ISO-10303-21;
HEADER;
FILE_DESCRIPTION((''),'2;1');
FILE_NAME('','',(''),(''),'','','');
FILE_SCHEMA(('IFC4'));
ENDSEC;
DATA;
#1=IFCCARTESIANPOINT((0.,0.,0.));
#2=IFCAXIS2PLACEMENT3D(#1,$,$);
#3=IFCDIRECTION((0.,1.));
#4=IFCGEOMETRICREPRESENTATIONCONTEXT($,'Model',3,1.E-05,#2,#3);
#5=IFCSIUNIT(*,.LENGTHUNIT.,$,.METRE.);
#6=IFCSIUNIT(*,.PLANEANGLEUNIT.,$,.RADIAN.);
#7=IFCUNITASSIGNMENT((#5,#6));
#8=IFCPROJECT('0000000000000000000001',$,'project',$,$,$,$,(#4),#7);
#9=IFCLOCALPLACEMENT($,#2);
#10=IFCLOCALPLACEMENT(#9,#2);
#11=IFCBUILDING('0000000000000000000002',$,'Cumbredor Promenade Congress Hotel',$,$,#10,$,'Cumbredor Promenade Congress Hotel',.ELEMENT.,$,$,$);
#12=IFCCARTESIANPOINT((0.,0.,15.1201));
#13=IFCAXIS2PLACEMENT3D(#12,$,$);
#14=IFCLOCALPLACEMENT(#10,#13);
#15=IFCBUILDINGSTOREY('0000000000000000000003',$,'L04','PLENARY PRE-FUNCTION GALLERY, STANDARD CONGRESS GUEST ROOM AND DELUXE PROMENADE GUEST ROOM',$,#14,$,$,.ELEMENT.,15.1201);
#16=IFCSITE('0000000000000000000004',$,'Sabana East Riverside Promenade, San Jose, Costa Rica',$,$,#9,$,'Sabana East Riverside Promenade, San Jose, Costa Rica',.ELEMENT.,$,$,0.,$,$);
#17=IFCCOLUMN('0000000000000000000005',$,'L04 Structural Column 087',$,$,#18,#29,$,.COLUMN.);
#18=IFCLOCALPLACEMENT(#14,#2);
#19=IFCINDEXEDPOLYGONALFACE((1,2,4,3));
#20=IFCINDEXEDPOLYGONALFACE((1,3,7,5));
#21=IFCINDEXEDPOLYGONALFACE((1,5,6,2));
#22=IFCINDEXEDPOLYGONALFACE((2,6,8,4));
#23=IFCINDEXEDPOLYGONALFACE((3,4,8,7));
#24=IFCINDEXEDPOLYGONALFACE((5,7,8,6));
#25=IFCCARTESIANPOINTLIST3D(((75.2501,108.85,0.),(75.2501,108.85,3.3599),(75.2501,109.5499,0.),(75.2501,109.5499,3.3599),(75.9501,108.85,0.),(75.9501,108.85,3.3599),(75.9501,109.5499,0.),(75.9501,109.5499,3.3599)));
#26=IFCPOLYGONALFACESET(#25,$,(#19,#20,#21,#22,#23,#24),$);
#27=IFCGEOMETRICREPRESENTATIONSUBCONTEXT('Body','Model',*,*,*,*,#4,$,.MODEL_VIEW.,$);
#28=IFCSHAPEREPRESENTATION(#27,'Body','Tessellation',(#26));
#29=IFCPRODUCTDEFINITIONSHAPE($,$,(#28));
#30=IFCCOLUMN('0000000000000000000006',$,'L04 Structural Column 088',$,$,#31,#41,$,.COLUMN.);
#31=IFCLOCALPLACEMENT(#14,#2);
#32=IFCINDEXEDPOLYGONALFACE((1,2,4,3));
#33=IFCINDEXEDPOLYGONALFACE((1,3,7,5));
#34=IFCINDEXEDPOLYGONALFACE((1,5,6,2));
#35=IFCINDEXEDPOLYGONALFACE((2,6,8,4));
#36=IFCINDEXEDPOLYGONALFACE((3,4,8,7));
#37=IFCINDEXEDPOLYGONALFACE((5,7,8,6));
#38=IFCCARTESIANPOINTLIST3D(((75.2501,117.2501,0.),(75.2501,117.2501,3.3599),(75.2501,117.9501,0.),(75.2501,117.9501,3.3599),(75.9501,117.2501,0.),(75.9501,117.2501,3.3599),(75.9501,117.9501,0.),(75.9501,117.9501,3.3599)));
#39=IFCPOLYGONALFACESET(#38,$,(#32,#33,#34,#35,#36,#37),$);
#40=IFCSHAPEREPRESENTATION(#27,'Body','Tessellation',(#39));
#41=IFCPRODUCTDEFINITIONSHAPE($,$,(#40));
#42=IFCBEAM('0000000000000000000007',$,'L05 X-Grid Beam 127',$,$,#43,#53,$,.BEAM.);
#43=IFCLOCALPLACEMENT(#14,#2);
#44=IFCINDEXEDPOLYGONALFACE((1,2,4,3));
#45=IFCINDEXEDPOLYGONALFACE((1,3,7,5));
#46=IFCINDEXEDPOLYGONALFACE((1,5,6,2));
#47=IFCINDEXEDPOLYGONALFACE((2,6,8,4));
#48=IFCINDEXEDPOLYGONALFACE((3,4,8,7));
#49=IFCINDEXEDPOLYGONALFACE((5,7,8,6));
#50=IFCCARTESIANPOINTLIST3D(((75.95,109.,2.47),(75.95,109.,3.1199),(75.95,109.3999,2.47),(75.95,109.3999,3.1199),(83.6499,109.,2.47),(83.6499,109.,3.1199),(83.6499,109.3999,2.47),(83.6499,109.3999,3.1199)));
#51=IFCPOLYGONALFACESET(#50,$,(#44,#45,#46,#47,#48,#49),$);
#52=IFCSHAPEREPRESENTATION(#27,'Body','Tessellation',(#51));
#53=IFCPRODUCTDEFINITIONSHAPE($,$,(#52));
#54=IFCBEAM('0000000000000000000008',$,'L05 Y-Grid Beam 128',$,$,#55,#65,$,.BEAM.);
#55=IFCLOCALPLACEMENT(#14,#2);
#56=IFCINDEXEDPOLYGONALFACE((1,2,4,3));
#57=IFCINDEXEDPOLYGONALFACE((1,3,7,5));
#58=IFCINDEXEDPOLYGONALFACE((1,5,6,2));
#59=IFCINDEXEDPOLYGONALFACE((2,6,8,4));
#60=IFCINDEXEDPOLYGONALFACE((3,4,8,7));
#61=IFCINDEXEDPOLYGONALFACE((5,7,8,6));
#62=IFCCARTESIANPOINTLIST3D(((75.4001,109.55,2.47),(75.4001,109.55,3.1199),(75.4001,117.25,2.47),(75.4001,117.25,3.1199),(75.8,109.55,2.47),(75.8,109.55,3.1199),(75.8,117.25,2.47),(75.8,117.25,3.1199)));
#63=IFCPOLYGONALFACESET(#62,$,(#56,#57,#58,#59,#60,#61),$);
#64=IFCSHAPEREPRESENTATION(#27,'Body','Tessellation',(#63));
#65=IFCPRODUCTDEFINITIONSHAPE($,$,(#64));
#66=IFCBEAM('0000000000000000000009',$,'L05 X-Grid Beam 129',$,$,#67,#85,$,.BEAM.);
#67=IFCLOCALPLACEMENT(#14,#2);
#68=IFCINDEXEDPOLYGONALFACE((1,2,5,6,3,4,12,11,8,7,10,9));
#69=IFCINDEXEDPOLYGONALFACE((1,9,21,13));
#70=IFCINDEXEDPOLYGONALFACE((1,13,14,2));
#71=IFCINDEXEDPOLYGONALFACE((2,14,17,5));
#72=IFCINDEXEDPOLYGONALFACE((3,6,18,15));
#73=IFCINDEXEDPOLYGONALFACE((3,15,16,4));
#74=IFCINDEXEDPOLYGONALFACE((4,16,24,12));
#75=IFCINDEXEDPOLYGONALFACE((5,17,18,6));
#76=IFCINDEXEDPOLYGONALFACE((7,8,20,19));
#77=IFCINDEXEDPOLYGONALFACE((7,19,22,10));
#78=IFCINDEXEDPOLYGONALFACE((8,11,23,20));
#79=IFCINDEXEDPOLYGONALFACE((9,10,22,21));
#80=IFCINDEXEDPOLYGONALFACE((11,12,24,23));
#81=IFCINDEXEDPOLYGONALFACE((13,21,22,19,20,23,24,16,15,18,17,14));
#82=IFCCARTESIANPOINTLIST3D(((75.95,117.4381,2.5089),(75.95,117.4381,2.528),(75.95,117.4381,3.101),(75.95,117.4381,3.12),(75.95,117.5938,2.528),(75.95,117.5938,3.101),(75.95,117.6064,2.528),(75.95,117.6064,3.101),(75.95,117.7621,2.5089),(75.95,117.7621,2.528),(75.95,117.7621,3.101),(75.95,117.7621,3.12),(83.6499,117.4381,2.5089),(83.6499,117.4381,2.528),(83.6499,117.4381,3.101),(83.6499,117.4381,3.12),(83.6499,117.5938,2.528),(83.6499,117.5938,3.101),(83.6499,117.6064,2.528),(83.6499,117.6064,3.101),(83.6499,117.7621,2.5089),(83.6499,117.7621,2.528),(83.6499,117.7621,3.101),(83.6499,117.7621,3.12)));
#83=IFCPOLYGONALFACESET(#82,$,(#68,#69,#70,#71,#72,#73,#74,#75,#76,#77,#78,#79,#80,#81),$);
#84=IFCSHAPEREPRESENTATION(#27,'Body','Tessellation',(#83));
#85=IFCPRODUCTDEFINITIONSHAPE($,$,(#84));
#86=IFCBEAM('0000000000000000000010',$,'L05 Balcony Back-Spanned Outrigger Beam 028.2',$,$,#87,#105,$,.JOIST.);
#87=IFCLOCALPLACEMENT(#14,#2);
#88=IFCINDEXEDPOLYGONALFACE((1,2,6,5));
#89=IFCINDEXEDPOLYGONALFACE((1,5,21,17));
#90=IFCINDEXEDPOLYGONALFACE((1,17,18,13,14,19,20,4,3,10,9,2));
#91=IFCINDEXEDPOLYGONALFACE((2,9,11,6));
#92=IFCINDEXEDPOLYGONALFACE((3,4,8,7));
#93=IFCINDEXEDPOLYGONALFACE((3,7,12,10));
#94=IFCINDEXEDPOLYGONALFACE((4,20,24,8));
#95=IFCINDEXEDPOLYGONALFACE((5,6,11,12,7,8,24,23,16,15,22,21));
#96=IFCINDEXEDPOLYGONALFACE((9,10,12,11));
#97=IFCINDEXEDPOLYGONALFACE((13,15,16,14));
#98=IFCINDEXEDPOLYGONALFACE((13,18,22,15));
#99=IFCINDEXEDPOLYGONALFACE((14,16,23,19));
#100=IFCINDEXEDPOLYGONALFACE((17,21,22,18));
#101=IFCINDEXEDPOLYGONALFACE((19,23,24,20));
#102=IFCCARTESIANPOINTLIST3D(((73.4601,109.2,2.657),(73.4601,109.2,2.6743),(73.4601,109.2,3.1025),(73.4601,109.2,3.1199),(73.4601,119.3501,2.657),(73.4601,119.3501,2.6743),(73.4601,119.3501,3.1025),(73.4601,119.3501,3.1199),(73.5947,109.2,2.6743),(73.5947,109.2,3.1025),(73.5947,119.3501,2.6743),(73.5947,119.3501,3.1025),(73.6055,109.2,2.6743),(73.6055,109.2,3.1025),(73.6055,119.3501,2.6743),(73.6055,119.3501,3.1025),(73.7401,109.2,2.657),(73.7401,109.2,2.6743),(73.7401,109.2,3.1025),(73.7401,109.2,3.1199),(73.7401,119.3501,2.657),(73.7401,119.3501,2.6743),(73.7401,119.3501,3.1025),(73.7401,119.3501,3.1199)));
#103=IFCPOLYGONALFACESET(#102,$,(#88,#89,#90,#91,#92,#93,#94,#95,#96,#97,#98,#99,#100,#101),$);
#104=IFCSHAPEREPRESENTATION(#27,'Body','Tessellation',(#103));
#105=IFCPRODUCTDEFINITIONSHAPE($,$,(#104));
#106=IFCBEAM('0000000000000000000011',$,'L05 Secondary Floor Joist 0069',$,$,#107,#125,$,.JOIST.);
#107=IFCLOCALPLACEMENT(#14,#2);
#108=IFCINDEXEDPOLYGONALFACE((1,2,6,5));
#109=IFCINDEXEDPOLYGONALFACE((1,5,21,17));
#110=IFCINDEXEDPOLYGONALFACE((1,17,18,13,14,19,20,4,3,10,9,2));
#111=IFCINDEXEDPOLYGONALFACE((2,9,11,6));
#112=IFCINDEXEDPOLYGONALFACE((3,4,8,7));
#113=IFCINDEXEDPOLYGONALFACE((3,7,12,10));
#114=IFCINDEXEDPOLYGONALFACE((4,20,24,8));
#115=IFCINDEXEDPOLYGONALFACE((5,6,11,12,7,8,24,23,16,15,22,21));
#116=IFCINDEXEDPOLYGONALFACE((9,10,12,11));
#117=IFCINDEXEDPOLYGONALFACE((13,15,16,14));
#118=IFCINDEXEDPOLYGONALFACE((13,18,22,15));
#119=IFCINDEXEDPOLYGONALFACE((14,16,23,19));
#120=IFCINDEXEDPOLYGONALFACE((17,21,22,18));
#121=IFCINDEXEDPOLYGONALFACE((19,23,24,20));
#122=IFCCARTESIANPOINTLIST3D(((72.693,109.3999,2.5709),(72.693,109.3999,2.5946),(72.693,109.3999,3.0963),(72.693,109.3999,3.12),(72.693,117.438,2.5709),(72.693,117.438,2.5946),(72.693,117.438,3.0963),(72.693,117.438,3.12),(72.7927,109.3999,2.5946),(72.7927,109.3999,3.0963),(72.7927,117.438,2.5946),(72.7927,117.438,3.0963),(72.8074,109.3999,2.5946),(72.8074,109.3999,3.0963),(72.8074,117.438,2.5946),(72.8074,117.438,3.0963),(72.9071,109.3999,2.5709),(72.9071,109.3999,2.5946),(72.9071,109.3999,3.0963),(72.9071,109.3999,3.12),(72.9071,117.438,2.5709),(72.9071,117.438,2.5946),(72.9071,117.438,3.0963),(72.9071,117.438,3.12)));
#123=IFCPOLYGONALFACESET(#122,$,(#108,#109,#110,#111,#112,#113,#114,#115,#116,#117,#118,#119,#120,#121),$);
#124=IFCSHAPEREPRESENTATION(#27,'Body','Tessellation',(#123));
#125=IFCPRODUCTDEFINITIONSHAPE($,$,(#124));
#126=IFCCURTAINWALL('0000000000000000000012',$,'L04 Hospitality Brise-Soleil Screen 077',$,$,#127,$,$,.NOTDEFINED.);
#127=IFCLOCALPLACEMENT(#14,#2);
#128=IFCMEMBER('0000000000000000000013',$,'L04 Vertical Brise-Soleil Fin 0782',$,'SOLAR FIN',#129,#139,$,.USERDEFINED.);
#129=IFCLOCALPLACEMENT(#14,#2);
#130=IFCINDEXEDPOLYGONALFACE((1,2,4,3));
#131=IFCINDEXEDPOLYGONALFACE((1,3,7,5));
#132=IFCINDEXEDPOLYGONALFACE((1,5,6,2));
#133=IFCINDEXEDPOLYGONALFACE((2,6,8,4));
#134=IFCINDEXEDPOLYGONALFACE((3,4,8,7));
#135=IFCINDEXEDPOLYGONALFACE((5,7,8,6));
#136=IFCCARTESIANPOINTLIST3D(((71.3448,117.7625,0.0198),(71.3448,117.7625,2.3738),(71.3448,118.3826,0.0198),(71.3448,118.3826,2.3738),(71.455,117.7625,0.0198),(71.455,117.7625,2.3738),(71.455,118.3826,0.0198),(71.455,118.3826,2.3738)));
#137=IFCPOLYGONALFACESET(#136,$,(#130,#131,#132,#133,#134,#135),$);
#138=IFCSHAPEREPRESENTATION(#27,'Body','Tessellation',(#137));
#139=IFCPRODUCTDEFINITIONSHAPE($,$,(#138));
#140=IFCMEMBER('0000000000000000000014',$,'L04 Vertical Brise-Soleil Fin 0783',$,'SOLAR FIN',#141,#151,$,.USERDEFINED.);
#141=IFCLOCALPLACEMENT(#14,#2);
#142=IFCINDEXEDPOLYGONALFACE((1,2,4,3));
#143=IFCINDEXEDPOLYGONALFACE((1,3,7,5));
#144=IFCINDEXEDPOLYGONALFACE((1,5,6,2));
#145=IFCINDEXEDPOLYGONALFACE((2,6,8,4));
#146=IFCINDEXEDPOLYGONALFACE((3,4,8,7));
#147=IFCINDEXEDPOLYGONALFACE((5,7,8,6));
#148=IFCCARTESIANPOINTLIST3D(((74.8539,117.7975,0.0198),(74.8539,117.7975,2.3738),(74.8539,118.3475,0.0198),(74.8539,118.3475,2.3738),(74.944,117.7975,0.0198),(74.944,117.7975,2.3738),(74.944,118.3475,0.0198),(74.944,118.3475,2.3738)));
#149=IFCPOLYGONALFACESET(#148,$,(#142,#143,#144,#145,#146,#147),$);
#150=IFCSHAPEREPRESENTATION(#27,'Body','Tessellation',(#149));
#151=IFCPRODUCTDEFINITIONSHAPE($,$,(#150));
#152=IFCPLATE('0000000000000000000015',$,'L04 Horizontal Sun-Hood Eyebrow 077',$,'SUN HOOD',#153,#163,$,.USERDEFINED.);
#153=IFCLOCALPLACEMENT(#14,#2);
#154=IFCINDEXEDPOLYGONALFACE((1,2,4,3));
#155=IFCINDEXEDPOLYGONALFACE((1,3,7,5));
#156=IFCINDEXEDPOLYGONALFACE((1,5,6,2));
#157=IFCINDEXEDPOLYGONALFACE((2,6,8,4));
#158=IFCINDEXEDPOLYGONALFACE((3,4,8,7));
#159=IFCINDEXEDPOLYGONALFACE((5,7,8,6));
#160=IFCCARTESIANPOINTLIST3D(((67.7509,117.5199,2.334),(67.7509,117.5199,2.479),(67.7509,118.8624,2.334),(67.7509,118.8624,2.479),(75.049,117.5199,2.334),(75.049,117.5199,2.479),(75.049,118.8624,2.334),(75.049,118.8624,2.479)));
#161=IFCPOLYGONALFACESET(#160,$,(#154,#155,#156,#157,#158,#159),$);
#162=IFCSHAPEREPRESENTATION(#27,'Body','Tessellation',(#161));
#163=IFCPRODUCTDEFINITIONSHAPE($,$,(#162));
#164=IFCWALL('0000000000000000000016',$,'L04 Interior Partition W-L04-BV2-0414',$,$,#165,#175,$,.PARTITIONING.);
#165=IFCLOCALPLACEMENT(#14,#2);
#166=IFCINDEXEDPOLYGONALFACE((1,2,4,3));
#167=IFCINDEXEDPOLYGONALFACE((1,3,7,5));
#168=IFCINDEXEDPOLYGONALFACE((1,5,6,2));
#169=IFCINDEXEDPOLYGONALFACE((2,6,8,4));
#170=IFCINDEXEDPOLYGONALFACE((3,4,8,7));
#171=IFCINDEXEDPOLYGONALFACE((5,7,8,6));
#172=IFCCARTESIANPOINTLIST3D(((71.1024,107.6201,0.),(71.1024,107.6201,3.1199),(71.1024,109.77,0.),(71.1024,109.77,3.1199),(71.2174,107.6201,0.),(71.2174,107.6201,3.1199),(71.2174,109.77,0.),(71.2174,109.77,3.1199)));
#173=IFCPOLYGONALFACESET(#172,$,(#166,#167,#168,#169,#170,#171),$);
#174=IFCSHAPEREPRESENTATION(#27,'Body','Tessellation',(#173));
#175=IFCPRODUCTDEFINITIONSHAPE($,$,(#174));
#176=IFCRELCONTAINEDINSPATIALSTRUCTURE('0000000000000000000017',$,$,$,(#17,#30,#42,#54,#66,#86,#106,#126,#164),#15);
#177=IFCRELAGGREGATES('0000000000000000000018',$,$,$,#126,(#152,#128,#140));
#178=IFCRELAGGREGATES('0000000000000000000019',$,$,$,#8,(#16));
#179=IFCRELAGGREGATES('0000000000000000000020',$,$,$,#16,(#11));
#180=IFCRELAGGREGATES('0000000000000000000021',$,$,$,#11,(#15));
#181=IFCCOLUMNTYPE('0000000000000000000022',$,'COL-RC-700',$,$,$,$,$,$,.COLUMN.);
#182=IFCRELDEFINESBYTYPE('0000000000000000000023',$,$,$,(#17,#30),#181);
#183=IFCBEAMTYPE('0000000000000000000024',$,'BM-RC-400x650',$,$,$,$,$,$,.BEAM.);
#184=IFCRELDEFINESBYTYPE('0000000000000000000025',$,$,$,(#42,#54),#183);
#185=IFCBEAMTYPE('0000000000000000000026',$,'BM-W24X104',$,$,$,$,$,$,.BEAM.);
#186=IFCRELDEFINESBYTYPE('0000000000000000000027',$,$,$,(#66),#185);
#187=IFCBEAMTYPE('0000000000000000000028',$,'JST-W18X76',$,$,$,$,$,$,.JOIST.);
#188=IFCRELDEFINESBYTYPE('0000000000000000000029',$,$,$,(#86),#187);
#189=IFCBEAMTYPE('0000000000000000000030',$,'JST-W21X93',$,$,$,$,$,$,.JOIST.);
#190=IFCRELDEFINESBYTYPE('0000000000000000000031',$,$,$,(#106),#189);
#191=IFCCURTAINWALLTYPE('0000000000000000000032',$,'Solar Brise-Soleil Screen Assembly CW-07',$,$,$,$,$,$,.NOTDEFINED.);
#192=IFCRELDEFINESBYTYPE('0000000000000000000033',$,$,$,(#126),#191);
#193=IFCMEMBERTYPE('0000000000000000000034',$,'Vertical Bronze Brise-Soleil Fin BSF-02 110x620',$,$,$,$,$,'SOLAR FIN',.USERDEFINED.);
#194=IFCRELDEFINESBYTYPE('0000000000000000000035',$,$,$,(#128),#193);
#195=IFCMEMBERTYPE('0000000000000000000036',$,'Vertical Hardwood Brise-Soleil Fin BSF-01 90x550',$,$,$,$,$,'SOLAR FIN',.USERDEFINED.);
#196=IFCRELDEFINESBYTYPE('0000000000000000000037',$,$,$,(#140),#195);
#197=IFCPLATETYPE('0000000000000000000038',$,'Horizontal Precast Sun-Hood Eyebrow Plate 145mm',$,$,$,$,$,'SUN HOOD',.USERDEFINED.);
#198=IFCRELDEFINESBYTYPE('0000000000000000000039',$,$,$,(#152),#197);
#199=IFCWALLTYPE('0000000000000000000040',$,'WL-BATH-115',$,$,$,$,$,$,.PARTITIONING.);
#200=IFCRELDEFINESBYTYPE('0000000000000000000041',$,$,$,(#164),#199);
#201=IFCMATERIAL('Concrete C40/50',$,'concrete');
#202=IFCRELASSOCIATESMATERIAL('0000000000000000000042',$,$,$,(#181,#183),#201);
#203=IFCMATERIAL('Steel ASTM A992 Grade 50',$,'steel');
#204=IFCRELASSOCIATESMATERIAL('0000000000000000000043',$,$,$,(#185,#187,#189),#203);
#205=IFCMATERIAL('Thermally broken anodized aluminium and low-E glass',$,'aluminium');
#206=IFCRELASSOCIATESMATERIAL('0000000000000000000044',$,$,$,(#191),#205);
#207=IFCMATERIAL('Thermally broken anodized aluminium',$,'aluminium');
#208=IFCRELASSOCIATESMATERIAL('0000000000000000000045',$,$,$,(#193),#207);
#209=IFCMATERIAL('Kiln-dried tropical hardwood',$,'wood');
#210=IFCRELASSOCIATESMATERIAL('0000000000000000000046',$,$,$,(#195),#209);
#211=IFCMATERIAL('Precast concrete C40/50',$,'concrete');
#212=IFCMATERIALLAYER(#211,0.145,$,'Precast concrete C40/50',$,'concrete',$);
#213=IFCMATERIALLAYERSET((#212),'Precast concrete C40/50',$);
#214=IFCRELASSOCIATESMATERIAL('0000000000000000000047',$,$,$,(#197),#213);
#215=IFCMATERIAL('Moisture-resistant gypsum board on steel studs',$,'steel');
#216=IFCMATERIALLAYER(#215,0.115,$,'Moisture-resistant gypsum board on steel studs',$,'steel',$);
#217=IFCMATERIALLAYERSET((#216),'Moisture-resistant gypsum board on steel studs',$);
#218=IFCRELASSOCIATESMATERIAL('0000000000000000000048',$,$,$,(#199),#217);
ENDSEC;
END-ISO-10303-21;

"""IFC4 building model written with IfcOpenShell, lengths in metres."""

from ifc_helpers import new_model, si_unit, direction, frame, frame_2d, origin, origin_2d, place, context, subcontext, project, spatial, rectangle, i_section, extrude, material, layer, layer_set, material_profile, profile_set, type_object, element, aggregate, save


model = new_model("IFC4")

# Units and contexts
model_context = context("Model", 3, precision=1e-05, world=origin(), true_north=direction((0.0, 1.0)))
body_context = subcontext(model_context, "Body", "Model", "MODEL_VIEW")
ifc_project = project(units=[si_unit("LENGTHUNIT", "METRE"), si_unit("PLANEANGLEUNIT", "RADIAN")], contexts=[model_context])

# Site, building, storey
site_placement = place(None, origin())
site = spatial("IfcSite", under=ifc_project, at=site_placement, Name="Sabana East Riverside Promenade, San Jose, Costa Rica", LongName="Sabana East Riverside Promenade, San Jose, Costa Rica", CompositionType="ELEMENT", RefElevation=0.0)
building_placement = place(site_placement, origin())
building = spatial("IfcBuilding", under=site, at=building_placement, Name="Cumbredor Promenade Congress Hotel", LongName="Cumbredor Promenade Congress Hotel", CompositionType="ELEMENT")
storey_placement = place(building_placement, frame((0.0, 0.0, 15.1201)))
storey = spatial("IfcBuildingStorey", under=building, at=storey_placement, Name="L04", Description="PLENARY PRE-FUNCTION GALLERY, STANDARD CONGRESS GUEST ROOM AND DELUXE PROMENADE GUEST ROOM", CompositionType="ELEMENT", Elevation=15.1201)

# Columns
ifc_material_1 = material(Name="Concrete C40/50", Category="concrete")
ifc_material_profile_1 = material_profile(ifc_material_1, rectangle(XDim=0.7, YDim=0.7, at=origin_2d()), Name="RC 700x700")
ifc_profile_set_1 = profile_set([ifc_material_profile_1], Name="Concrete C40/50")
column_type = type_object("IfcColumnType", Name="COL-RC-700", PredefinedType="COLUMN", material=ifc_profile_set_1)
for number, where, z_axis, x_axis, name in (
    (1, (75.6001, 109.2, 0.0), (0.0, 0.0, 1.0), (1.0, 0.0, 0.0), "L04 Structural Column 087"),
    (2, (75.6001, 117.6001, 0.0), (0.0, 0.0, 1.0), (1.0, 0.0, 0.0), "L04 Structural Column 088"),
):
    element("IfcColumn", number, at=place(storey_placement, frame(where, z_axis=z_axis, x_axis=x_axis)), inside=storey, type_object=column_type, Name=name, PredefinedType="COLUMN", context=body_context, shape_type="SweptSolid", body=[
        extrude(rectangle(XDim=0.7, YDim=0.7, at=origin_2d()), origin(), (0.0, 0.0, 1.0), 3.3599),
    ])

# Beams
ifc_material_profile_2 = material_profile(ifc_material_1, rectangle(XDim=0.3999, YDim=0.6499, at=origin_2d()), Name="RC BEAM 400x650")
ifc_profile_set_2 = profile_set([ifc_material_profile_2], Name="Concrete C40/50")
beam_type_1 = type_object("IfcBeamType", Name="BM-RC-400x650", PredefinedType="BEAM", material=ifc_profile_set_2)
for number, where, z_axis, x_axis, name in (
    (3, (75.95, 109.2, 2.7949), (1.0, 0.0, 0.0), (0.0, 1.0, 0.0), "L05 X-Grid Beam 127"),
    (4, (75.6001, 109.55, 2.7949), (0.0, 1.0, 0.0), (-1.0, 0.0, 0.0), "L05 Y-Grid Beam 128"),
):
    element("IfcBeam", number, at=place(storey_placement, frame(where, z_axis=z_axis, x_axis=x_axis)), inside=storey, type_object=beam_type_1, Name=name, PredefinedType="BEAM", context=body_context, shape_type="SweptSolid", body=[
        extrude(rectangle(XDim=0.3999, YDim=0.6499, at=origin_2d()), origin(), (0.0, 0.0, 1.0), 7.7),
    ])
ifc_material_2 = material(Name="Steel ASTM A992 Grade 50", Category="steel")
ifc_material_profile_3 = material_profile(ifc_material_2, i_section(OverallWidth=0.324, OverallDepth=0.6111, WebThickness=0.0127, FlangeThickness=0.019, at=origin_2d()), Name="W24X104")
ifc_profile_set_3 = profile_set([ifc_material_profile_3], Name="Steel ASTM A992 Grade 50")
beam_type_2 = type_object("IfcBeamType", Name="BM-W24X104", PredefinedType="BEAM", material=ifc_profile_set_3)
beam_1_placement = place(storey_placement, frame((75.95, 117.6001, 2.8145), z_axis=(1.0, 0.0, 0.0), x_axis=(0.0, 1.0, 0.0)))
element("IfcBeam", 5, at=beam_1_placement, inside=storey, type_object=beam_type_2, Name="L05 X-Grid Beam 129", PredefinedType="BEAM", context=body_context, shape_type="SweptSolid", body=[
    extrude(i_section(OverallWidth=0.324, OverallDepth=0.6111, WebThickness=0.0127, FlangeThickness=0.019, at=origin_2d()), origin(), (0.0, 0.0, 1.0), 7.7),
])
ifc_material_profile_4 = material_profile(ifc_material_2, i_section(OverallWidth=0.28, OverallDepth=0.4629, WebThickness=0.0107, FlangeThickness=0.0173, at=origin_2d()), Name="W18X76")
ifc_profile_set_4 = profile_set([ifc_material_profile_4], Name="Steel ASTM A992 Grade 50")
beam_type_3 = type_object("IfcBeamType", Name="JST-W18X76", PredefinedType="JOIST", material=ifc_profile_set_4)
beam_2_placement = place(storey_placement, frame((73.6001, 109.2, 2.8884), z_axis=(0.0, 1.0, 0.0), x_axis=(-1.0, 0.0, 0.0)))
element("IfcBeam", 6, at=beam_2_placement, inside=storey, type_object=beam_type_3, Name="L05 Balcony Back-Spanned Outrigger Beam 028.2", PredefinedType="JOIST", context=body_context, shape_type="SweptSolid", body=[
    extrude(i_section(OverallWidth=0.28, OverallDepth=0.4629, WebThickness=0.0107, FlangeThickness=0.0173, at=origin_2d()), origin(), (0.0, 0.0, 1.0), 10.1501),
])
ifc_material_profile_5 = material_profile(ifc_material_2, i_section(OverallWidth=0.2141, OverallDepth=0.5491, WebThickness=0.0146, FlangeThickness=0.0237, at=origin_2d()), Name="W21X93")
ifc_profile_set_5 = profile_set([ifc_material_profile_5], Name="Steel ASTM A992 Grade 50")
beam_type_4 = type_object("IfcBeamType", Name="JST-W21X93", PredefinedType="JOIST", material=ifc_profile_set_5)
beam_3_placement = place(storey_placement, frame((72.8, 109.3999, 2.8455), z_axis=(0.0, 1.0, 0.0), x_axis=(-1.0, 0.0, 0.0)))
element("IfcBeam", 7, at=beam_3_placement, inside=storey, type_object=beam_type_4, Name="L05 Secondary Floor Joist 0069", PredefinedType="JOIST", context=body_context, shape_type="SweptSolid", body=[
    extrude(i_section(OverallWidth=0.2141, OverallDepth=0.5491, WebThickness=0.0146, FlangeThickness=0.0237, at=origin_2d()), origin(), (0.0, 0.0, 1.0), 8.0381),
])

# Curtain wall, members, plate
ifc_material_3 = material(Name="Thermally broken anodized aluminium and low-E glass", Category="aluminium")
curtain_wall_type = type_object("IfcCurtainWallType", Name="Solar Brise-Soleil Screen Assembly CW-07", PredefinedType="NOTDEFINED", material=ifc_material_3)
curtain_wall_placement = place(storey_placement, origin())
curtain_wall = element("IfcCurtainWall", 8, at=curtain_wall_placement, inside=storey, type_object=curtain_wall_type, Name="L04 Hospitality Brise-Soleil Screen 077", PredefinedType="NOTDEFINED")
ifc_material_4 = material(Name="Thermally broken anodized aluminium", Category="aluminium")
ifc_material_profile_6 = material_profile(ifc_material_4, rectangle(XDim=0.1101, YDim=0.6201, at=origin_2d()), Name="ARCH FIN 110x620")
ifc_profile_set_6 = profile_set([ifc_material_profile_6], Name="Thermally broken anodized aluminium")
member_type_1 = type_object("IfcMemberType", Name="Vertical Bronze Brise-Soleil Fin BSF-02 110x620", ElementType="SOLAR FIN", PredefinedType="USERDEFINED", material=ifc_profile_set_6)
member_1_placement = place(storey_placement, frame((71.3999, 118.0725, 0.0198), z_axis=(0.0, 0.0, 1.0), x_axis=(1.0, 0.0, 0.0)))
member_1 = element("IfcMember", 9, at=member_1_placement, type_object=member_type_1, Name="L04 Vertical Brise-Soleil Fin 0782", ObjectType="SOLAR FIN", PredefinedType="USERDEFINED", context=body_context, shape_type="SweptSolid", body=[
    extrude(rectangle(XDim=0.1101, YDim=0.6201, at=origin_2d()), origin(), (0.0, 0.0, 1.0), 2.354),
])
ifc_material_5 = material(Name="Kiln-dried tropical hardwood", Category="wood")
ifc_material_profile_7 = material_profile(ifc_material_5, rectangle(XDim=0.0901, YDim=0.55, at=origin_2d()), Name="ARCH FIN 90x550")
ifc_profile_set_7 = profile_set([ifc_material_profile_7], Name="Kiln-dried tropical hardwood")
member_type_2 = type_object("IfcMemberType", Name="Vertical Hardwood Brise-Soleil Fin BSF-01 90x550", ElementType="SOLAR FIN", PredefinedType="USERDEFINED", material=ifc_profile_set_7)
member_2_placement = place(storey_placement, frame((74.8989, 118.0725, 0.0198), z_axis=(0.0, 0.0, 1.0), x_axis=(1.0, 0.0, 0.0)))
member_2 = element("IfcMember", 10, at=member_2_placement, type_object=member_type_2, Name="L04 Vertical Brise-Soleil Fin 0783", ObjectType="SOLAR FIN", PredefinedType="USERDEFINED", context=body_context, shape_type="SweptSolid", body=[
    extrude(rectangle(XDim=0.0901, YDim=0.55, at=origin_2d()), origin(), (0.0, 0.0, 1.0), 2.354),
])
ifc_material_6 = material(Name="Precast concrete C40/50", Category="concrete")
ifc_layer_1 = layer(ifc_material_6, 0.145, Name="Precast concrete C40/50", Category="concrete")
ifc_layer_set_1 = layer_set([ifc_layer_1], Name="Precast concrete C40/50")
plate_type = type_object("IfcPlateType", Name="Horizontal Precast Sun-Hood Eyebrow Plate 145mm", ElementType="SUN HOOD", PredefinedType="USERDEFINED", material=ifc_layer_set_1)
plate_placement = place(storey_placement, frame((71.3999, 118.1912, 2.334), z_axis=(0.0, 0.0, 1.0), x_axis=(1.0, 0.0, 0.0)))
plate = element("IfcPlate", 11, at=plate_placement, type_object=plate_type, Name="L04 Horizontal Sun-Hood Eyebrow 077", ObjectType="SUN HOOD", PredefinedType="USERDEFINED", context=body_context, shape_type="SweptSolid", body=[
    extrude(rectangle(XDim=7.2981, YDim=1.3425, at=origin_2d()), origin(), (0.0, 0.0, 1.0), 0.145),
])
aggregate(curtain_wall, [plate, member_1, member_2])

# Wall
ifc_material_7 = material(Name="Moisture-resistant gypsum board on steel studs", Category="steel")
ifc_layer_2 = layer(ifc_material_7, 0.115, Name="Moisture-resistant gypsum board on steel studs", Category="steel")
ifc_layer_set_2 = layer_set([ifc_layer_2], Name="Moisture-resistant gypsum board on steel studs")
wall_type_1 = type_object("IfcWallType", Name="WL-BATH-115", PredefinedType="PARTITIONING", material=ifc_layer_set_2)
wall_1_placement = place(storey_placement, frame((71.1599, 107.6201, 0.0), z_axis=(0.0, 0.0, 1.0), x_axis=(0.0, 1.0, 0.0)))
element("IfcWall", 12, at=wall_1_placement, inside=storey, type_object=wall_type_1, Name="L04 Interior Partition W-L04-BV2-0414", PredefinedType="PARTITIONING", context=body_context, shape_type="SweptSolid", body=[
    extrude(rectangle(XDim=2.1499, YDim=0.115, at=frame_2d((1.075, 0.0))), origin(), (0.0, 0.0, 1.0), 3.1199),
])

save(model, "model.ifc")
